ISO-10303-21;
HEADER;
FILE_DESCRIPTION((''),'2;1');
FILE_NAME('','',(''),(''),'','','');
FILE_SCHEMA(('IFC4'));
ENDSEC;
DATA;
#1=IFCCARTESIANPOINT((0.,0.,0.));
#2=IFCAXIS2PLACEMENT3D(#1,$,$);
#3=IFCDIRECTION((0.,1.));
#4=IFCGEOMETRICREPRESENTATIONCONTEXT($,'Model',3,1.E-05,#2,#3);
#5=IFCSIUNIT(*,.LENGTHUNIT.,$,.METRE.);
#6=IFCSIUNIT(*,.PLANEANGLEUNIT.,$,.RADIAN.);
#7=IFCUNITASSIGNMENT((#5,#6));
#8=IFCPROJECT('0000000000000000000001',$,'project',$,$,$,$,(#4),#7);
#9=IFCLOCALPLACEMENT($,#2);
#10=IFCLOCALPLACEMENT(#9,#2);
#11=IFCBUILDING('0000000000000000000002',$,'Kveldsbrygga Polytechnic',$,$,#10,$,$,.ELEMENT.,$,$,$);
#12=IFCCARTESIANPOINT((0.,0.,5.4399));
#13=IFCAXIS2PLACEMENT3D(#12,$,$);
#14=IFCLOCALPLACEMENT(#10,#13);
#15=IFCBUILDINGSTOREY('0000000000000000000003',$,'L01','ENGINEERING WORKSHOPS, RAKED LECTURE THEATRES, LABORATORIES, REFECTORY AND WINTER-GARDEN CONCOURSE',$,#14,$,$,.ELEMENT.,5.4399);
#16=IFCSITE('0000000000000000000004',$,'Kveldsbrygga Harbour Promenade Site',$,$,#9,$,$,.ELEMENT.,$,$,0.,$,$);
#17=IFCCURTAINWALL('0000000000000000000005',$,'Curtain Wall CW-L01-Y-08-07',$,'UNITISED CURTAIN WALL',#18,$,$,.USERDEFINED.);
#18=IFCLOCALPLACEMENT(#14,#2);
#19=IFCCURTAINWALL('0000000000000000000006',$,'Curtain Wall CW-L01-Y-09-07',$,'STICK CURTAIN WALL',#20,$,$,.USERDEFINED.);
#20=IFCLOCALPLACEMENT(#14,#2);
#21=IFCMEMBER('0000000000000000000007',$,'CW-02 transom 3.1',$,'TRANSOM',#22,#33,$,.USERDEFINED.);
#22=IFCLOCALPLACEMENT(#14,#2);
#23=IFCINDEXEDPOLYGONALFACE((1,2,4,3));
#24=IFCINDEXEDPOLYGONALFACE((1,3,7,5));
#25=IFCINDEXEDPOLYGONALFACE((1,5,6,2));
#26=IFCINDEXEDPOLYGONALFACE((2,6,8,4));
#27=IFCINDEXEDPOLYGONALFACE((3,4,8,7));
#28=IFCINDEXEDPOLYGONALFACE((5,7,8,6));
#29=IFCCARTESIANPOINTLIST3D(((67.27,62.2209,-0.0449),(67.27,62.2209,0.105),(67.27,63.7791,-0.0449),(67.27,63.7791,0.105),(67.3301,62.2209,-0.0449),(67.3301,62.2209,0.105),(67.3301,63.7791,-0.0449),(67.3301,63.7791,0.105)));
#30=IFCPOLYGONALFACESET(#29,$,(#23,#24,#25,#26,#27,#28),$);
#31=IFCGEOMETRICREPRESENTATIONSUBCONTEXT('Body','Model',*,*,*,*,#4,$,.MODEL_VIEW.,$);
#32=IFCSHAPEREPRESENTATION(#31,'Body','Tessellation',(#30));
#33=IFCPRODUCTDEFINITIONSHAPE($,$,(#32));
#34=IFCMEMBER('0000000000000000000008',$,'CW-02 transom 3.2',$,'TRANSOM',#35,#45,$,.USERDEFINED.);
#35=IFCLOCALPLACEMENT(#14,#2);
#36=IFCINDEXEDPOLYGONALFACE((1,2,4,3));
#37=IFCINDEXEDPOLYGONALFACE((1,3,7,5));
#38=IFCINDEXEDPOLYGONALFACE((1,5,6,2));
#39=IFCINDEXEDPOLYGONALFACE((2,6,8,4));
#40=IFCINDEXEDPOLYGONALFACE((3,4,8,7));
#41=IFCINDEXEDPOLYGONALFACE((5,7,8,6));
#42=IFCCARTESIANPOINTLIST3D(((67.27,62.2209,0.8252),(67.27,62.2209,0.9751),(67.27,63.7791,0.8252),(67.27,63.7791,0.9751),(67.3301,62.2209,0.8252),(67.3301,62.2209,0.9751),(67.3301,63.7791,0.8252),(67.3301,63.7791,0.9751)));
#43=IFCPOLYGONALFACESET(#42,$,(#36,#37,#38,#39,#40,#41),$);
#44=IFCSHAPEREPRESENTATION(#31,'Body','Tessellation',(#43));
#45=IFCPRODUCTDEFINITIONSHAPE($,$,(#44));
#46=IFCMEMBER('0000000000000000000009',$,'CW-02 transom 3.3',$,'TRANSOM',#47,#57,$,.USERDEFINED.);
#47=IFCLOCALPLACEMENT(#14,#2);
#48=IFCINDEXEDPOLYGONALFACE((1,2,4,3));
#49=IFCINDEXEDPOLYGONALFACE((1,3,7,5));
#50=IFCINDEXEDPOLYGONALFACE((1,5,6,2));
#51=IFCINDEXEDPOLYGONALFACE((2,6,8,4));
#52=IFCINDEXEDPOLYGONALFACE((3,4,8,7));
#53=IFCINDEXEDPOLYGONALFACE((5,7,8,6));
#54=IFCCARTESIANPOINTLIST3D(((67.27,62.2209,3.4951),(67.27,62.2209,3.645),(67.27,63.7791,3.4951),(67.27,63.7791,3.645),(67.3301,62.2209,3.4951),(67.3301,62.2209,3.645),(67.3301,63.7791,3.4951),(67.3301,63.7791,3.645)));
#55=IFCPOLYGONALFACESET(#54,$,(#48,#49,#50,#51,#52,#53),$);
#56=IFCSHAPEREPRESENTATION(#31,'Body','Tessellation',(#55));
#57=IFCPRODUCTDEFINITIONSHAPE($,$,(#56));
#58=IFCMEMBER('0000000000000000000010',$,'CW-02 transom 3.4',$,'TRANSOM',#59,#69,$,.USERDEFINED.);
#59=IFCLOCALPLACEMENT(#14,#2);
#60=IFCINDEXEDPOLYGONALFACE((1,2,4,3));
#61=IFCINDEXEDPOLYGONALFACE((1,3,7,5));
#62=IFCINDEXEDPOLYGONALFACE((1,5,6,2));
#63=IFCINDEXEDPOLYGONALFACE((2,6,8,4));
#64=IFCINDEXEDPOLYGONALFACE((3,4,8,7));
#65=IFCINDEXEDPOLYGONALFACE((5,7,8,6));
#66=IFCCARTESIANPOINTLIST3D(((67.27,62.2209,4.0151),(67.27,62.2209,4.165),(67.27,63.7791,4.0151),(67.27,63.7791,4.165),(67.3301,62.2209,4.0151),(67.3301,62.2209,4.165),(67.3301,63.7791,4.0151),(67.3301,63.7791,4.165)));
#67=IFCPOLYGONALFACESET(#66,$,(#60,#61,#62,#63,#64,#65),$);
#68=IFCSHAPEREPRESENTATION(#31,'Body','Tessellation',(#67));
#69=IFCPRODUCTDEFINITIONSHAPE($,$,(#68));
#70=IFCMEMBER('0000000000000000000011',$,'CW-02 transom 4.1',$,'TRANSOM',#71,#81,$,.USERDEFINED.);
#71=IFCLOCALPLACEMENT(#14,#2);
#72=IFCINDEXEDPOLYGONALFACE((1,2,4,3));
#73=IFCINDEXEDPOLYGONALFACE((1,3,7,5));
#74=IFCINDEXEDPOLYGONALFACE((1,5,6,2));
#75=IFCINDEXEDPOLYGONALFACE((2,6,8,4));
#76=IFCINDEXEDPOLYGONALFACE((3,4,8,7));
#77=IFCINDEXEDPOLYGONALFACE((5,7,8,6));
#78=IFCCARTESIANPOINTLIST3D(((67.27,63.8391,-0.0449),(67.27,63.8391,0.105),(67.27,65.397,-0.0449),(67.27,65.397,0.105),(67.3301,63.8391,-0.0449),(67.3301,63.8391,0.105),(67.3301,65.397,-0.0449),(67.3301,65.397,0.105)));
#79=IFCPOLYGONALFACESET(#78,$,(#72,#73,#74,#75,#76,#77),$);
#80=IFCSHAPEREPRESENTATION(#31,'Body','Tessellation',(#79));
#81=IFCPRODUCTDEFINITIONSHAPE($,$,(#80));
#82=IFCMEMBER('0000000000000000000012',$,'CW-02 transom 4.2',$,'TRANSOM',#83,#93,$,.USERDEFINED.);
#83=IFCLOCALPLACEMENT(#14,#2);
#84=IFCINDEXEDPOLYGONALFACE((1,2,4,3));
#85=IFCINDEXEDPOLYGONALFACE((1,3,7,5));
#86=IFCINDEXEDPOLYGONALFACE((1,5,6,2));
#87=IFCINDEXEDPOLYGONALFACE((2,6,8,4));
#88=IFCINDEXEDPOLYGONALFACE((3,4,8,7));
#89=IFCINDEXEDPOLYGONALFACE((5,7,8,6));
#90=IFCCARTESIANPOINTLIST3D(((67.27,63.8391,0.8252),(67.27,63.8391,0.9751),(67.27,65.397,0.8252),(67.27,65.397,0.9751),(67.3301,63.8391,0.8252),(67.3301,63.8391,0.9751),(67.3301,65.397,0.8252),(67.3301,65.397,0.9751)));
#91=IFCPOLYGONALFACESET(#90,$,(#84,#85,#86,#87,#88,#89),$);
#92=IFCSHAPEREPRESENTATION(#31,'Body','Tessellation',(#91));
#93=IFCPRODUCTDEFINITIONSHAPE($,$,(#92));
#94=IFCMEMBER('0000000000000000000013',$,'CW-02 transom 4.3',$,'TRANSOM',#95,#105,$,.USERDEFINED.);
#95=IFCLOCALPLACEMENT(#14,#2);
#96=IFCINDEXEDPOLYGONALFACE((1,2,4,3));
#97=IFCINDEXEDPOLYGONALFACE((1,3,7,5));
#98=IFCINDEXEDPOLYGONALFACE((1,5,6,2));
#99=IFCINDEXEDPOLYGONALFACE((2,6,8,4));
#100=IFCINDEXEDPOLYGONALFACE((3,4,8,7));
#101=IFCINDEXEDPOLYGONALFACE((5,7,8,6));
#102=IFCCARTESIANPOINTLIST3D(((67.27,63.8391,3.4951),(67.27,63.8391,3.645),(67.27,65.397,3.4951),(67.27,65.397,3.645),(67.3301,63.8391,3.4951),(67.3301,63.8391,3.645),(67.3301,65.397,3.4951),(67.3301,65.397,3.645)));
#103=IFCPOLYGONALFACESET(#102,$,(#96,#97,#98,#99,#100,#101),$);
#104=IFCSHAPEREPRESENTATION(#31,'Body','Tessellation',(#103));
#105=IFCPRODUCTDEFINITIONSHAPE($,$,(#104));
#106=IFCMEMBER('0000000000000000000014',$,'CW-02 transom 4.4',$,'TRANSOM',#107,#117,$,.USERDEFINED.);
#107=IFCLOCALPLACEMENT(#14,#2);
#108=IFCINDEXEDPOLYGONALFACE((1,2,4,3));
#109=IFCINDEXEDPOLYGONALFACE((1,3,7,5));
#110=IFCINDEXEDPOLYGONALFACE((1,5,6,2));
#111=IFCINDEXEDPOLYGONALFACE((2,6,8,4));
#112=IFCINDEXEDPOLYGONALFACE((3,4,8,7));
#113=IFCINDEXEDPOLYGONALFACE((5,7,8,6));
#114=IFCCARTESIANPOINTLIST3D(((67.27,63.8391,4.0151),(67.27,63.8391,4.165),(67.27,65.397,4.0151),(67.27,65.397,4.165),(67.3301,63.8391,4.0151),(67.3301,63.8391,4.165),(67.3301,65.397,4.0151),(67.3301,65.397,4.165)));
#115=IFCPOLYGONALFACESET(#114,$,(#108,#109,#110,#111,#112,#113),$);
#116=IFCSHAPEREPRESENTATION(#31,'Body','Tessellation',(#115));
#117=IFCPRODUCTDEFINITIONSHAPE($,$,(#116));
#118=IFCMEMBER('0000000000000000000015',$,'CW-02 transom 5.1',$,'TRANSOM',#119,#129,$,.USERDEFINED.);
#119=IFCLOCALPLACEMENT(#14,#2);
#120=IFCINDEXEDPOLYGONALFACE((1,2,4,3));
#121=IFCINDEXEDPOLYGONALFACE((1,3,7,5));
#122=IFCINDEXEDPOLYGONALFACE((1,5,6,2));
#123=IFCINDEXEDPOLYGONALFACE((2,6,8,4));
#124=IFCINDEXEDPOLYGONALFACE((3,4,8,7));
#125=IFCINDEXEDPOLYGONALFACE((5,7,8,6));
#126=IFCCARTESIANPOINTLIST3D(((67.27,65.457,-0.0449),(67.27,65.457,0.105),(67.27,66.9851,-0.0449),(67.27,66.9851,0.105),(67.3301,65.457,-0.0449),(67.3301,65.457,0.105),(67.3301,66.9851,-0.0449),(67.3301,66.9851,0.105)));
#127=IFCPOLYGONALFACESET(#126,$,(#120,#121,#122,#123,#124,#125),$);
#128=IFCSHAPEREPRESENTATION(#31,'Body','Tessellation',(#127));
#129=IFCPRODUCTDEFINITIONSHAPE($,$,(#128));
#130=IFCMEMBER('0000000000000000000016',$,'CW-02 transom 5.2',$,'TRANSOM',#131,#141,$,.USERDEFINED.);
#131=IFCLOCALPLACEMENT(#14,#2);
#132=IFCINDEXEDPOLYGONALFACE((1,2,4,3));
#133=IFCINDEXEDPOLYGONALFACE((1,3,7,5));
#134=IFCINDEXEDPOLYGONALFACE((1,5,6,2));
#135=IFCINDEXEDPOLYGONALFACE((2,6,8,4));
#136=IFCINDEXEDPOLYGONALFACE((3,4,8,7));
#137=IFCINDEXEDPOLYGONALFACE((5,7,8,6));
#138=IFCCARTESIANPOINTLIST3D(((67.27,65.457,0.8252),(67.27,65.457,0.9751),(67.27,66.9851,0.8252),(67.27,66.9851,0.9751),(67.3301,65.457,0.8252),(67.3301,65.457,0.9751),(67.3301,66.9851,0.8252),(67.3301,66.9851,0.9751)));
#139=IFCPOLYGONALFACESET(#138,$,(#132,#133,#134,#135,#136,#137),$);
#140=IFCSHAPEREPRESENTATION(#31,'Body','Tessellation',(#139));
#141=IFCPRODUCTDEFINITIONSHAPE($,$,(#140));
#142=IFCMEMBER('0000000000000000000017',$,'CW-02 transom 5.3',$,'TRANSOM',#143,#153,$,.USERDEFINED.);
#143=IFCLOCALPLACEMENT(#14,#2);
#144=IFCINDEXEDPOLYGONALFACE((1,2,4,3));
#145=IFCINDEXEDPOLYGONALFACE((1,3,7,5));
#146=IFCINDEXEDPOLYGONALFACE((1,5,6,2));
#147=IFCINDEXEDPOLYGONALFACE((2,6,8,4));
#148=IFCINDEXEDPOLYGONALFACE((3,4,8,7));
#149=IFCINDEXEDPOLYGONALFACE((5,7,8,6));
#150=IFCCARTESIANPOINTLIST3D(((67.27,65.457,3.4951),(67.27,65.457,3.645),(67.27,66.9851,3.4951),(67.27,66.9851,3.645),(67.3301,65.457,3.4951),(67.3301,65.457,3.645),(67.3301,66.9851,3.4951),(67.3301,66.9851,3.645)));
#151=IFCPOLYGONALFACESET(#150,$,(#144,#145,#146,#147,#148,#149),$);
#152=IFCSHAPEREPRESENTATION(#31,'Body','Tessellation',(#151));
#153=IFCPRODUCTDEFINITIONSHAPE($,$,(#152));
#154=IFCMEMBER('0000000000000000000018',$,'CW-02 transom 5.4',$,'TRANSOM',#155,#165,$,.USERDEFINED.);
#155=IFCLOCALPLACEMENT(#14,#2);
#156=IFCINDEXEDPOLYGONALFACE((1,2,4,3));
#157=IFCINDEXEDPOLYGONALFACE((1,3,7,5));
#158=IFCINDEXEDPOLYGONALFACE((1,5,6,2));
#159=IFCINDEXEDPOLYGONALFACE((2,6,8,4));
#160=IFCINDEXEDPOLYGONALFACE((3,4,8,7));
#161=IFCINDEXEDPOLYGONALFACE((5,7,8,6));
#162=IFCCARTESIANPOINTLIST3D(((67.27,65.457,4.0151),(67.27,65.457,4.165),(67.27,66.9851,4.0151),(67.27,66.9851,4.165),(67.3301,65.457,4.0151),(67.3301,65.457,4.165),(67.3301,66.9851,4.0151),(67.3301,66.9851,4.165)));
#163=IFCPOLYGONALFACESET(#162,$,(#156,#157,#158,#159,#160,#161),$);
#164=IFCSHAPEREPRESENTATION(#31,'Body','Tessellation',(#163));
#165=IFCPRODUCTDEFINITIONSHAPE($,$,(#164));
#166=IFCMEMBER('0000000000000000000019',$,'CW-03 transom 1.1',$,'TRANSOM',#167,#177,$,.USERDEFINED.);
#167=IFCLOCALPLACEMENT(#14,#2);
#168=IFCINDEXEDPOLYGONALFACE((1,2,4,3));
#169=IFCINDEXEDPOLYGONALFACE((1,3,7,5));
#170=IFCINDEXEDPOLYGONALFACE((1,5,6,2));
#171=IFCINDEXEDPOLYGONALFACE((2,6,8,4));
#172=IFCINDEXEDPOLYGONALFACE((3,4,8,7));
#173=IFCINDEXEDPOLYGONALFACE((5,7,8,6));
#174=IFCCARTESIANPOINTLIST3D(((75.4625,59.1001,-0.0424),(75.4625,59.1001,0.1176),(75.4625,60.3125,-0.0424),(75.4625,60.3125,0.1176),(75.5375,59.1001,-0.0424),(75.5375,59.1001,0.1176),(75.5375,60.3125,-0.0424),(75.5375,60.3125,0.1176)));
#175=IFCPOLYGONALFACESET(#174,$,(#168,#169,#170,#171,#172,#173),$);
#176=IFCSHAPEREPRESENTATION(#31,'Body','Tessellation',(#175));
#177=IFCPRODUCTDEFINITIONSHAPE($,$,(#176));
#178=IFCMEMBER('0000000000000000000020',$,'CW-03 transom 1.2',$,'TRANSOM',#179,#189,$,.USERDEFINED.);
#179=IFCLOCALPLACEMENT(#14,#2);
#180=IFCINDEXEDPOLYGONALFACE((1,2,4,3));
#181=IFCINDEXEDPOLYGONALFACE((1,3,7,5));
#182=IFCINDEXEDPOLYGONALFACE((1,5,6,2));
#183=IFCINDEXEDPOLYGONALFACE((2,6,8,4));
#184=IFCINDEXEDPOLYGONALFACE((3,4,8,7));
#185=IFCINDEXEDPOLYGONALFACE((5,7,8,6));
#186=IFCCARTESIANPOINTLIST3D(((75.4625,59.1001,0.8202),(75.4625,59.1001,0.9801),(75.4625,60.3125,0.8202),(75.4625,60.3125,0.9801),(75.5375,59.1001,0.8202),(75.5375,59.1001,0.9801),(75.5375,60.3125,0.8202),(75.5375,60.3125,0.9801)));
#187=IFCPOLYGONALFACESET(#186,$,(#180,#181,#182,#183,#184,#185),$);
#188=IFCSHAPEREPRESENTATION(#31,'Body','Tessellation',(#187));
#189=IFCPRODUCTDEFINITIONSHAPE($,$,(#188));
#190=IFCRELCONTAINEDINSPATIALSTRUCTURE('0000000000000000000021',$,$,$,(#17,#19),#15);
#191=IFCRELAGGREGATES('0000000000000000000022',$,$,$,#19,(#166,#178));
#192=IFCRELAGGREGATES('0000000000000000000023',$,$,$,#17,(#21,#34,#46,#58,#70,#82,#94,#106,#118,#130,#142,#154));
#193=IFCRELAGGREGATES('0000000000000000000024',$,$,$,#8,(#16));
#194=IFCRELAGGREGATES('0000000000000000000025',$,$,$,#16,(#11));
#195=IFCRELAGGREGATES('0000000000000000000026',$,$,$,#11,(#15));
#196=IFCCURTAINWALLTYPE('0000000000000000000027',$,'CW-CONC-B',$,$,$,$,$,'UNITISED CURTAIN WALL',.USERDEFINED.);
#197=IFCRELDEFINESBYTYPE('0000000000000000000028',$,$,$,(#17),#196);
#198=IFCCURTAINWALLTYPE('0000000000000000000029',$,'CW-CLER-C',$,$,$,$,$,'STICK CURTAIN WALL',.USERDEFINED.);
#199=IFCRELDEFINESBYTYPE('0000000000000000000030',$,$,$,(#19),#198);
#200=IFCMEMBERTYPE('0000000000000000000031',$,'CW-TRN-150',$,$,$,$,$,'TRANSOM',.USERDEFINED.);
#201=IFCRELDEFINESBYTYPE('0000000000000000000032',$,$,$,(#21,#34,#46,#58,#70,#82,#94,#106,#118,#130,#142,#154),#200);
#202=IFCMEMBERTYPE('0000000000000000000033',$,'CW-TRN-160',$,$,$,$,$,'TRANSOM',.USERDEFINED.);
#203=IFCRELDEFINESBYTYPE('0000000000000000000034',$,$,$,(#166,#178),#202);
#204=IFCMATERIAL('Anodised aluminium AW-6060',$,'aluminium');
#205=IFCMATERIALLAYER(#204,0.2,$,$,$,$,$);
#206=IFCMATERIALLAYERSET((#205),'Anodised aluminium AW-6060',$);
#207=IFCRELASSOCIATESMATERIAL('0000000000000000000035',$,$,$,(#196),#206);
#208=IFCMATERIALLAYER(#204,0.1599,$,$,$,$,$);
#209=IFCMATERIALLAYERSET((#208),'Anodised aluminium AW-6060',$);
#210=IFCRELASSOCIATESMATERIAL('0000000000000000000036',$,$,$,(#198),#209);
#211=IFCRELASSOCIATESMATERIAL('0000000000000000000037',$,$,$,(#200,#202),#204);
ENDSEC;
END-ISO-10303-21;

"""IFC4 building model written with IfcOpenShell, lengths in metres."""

from ifc_helpers import new_model, si_unit, direction, frame, origin, origin_2d, place, context, subcontext, project, spatial, rectangle, extrude, material, layer, layer_set, material_profile, profile_set, type_object, element, aggregate, save


model = new_model("IFC4")

# Units and contexts
model_context = context("Model", 3, precision=1e-05, world=origin(), true_north=direction((0.0, 1.0)))
body_context = subcontext(model_context, "Body", "Model", "MODEL_VIEW")
ifc_project = project(units=[si_unit("LENGTHUNIT", "METRE"), si_unit("PLANEANGLEUNIT", "RADIAN")], contexts=[model_context])

# Site, building, storey
site_placement = place(None, origin())
site = spatial("IfcSite", under=ifc_project, at=site_placement, Name="Kveldsbrygga Harbour Promenade Site", CompositionType="ELEMENT", RefElevation=0.0)
building_placement = place(site_placement, origin())
building = spatial("IfcBuilding", under=site, at=building_placement, Name="Kveldsbrygga Polytechnic", CompositionType="ELEMENT")
storey_placement = place(building_placement, frame((0.0, 0.0, 5.4399)))
storey = spatial("IfcBuildingStorey", under=building, at=storey_placement, Name="L01", Description="ENGINEERING WORKSHOPS, RAKED LECTURE THEATRES, LABORATORIES, REFECTORY AND WINTER-GARDEN CONCOURSE", CompositionType="ELEMENT", Elevation=5.4399)

# Curtain wall
ifc_material_1 = material(Name="Anodised aluminium AW-6060", Category="aluminium")
ifc_layer_1 = layer(ifc_material_1, 0.2)
ifc_layer_set_1 = layer_set([ifc_layer_1], Name="Anodised aluminium AW-6060")
curtain_wall_type_1 = type_object("IfcCurtainWallType", Name="CW-CONC-B", ElementType="UNITISED CURTAIN WALL", PredefinedType="USERDEFINED", material=ifc_layer_set_1)
curtain_wall_1_placement = place(storey_placement, origin())
curtain_wall_1 = element("IfcCurtainWall", 1, at=curtain_wall_1_placement, inside=storey, type_object=curtain_wall_type_1, Name="Curtain Wall CW-L01-Y-08-07", ObjectType="UNITISED CURTAIN WALL", PredefinedType="USERDEFINED")

# Curtain wall
ifc_layer_2 = layer(ifc_material_1, 0.1599)
ifc_layer_set_2 = layer_set([ifc_layer_2], Name="Anodised aluminium AW-6060")
curtain_wall_type_2 = type_object("IfcCurtainWallType", Name="CW-CLER-C", ElementType="STICK CURTAIN WALL", PredefinedType="USERDEFINED", material=ifc_layer_set_2)
curtain_wall_2_placement = place(storey_placement, origin())
curtain_wall_2 = element("IfcCurtainWall", 2, at=curtain_wall_2_placement, inside=storey, type_object=curtain_wall_type_2, Name="Curtain Wall CW-L01-Y-09-07", ObjectType="STICK CURTAIN WALL", PredefinedType="USERDEFINED")

# Members
ifc_material_profile_1 = material_profile(ifc_material_1, rectangle(XDim=0.0601, YDim=0.1499, at=origin_2d()), Name="ALU 60x150")
ifc_profile_set_1 = profile_set([ifc_material_profile_1], Name="Anodised aluminium AW-6060")
member_type_1 = type_object("IfcMemberType", Name="CW-TRN-150", ElementType="TRANSOM", PredefinedType="USERDEFINED", material=ifc_profile_set_1)
member_1_placement = place(storey_placement, frame((67.3, 62.2209, 0.03), z_axis=(0.0, 1.0, 0.0), x_axis=(-1.0, 0.0, 0.0)))
member_1 = element("IfcMember", 3, at=member_1_placement, type_object=member_type_1, Name="CW-02 transom 3.1", ObjectType="TRANSOM", PredefinedType="USERDEFINED", context=body_context, shape_type="SweptSolid", body=[
    extrude(rectangle(XDim=0.0601, YDim=0.1499, at=origin_2d()), origin(), (0.0, 0.0, 1.0), 1.5581),
])
member_2_placement = place(storey_placement, frame((67.3, 62.2209, 0.9001), z_axis=(0.0, 1.0, 0.0), x_axis=(-1.0, 0.0, 0.0)))
member_2 = element("IfcMember", 4, at=member_2_placement, type_object=member_type_1, Name="CW-02 transom 3.2", ObjectType="TRANSOM", PredefinedType="USERDEFINED", context=body_context, shape_type="SweptSolid", body=[
    extrude(rectangle(XDim=0.0601, YDim=0.1499, at=origin_2d()), origin(), (0.0, 0.0, 1.0), 1.5581),
])
member_3_placement = place(storey_placement, frame((67.3, 62.2209, 3.5701), z_axis=(0.0, 1.0, 0.0), x_axis=(-1.0, 0.0, 0.0)))
member_3 = element("IfcMember", 5, at=member_3_placement, type_object=member_type_1, Name="CW-02 transom 3.3", ObjectType="TRANSOM", PredefinedType="USERDEFINED", context=body_context, shape_type="SweptSolid", body=[
    extrude(rectangle(XDim=0.0601, YDim=0.1499, at=origin_2d()), origin(), (0.0, 0.0, 1.0), 1.5581),
])
member_4_placement = place(storey_placement, frame((67.3, 62.2209, 4.0901), z_axis=(0.0, 1.0, 0.0), x_axis=(-1.0, 0.0, 0.0)))
member_4 = element("IfcMember", 6, at=member_4_placement, type_object=member_type_1, Name="CW-02 transom 3.4", ObjectType="TRANSOM", PredefinedType="USERDEFINED", context=body_context, shape_type="SweptSolid", body=[
    extrude(rectangle(XDim=0.0601, YDim=0.1499, at=origin_2d()), origin(), (0.0, 0.0, 1.0), 1.5581),
])
member_5_placement = place(storey_placement, frame((67.3, 63.8391, 0.03), z_axis=(0.0, 1.0, 0.0), x_axis=(-1.0, 0.0, 0.0)))
member_5 = element("IfcMember", 7, at=member_5_placement, type_object=member_type_1, Name="CW-02 transom 4.1", ObjectType="TRANSOM", PredefinedType="USERDEFINED", context=body_context, shape_type="SweptSolid", body=[
    extrude(rectangle(XDim=0.0601, YDim=0.1499, at=origin_2d()), origin(), (0.0, 0.0, 1.0), 1.5579),
])
member_6_placement = place(storey_placement, frame((67.3, 63.8391, 0.9001), z_axis=(0.0, 1.0, 0.0), x_axis=(-1.0, 0.0, 0.0)))
member_6 = element("IfcMember", 8, at=member_6_placement, type_object=member_type_1, Name="CW-02 transom 4.2", ObjectType="TRANSOM", PredefinedType="USERDEFINED", context=body_context, shape_type="SweptSolid", body=[
    extrude(rectangle(XDim=0.0601, YDim=0.1499, at=origin_2d()), origin(), (0.0, 0.0, 1.0), 1.5579),
])
member_7_placement = place(storey_placement, frame((67.3, 63.8391, 3.5701), z_axis=(0.0, 1.0, 0.0), x_axis=(-1.0, 0.0, 0.0)))
member_7 = element("IfcMember", 9, at=member_7_placement, type_object=member_type_1, Name="CW-02 transom 4.3", ObjectType="TRANSOM", PredefinedType="USERDEFINED", context=body_context, shape_type="SweptSolid", body=[
    extrude(rectangle(XDim=0.0601, YDim=0.1499, at=origin_2d()), origin(), (0.0, 0.0, 1.0), 1.5579),
])
member_8_placement = place(storey_placement, frame((67.3, 63.8391, 4.0901), z_axis=(0.0, 1.0, 0.0), x_axis=(-1.0, 0.0, 0.0)))
member_8 = element("IfcMember", 10, at=member_8_placement, type_object=member_type_1, Name="CW-02 transom 4.4", ObjectType="TRANSOM", PredefinedType="USERDEFINED", context=body_context, shape_type="SweptSolid", body=[
    extrude(rectangle(XDim=0.0601, YDim=0.1499, at=origin_2d()), origin(), (0.0, 0.0, 1.0), 1.5579),
])
member_9_placement = place(storey_placement, frame((67.3, 65.457, 0.03), z_axis=(0.0, 1.0, 0.0), x_axis=(-1.0, 0.0, 0.0)))
member_9 = element("IfcMember", 11, at=member_9_placement, type_object=member_type_1, Name="CW-02 transom 5.1", ObjectType="TRANSOM", PredefinedType="USERDEFINED", context=body_context, shape_type="SweptSolid", body=[
    extrude(rectangle(XDim=0.0601, YDim=0.1499, at=origin_2d()), origin(), (0.0, 0.0, 1.0), 1.5281),
])
member_10_placement = place(storey_placement, frame((67.3, 65.457, 0.9001), z_axis=(0.0, 1.0, 0.0), x_axis=(-1.0, 0.0, 0.0)))
member_10 = element("IfcMember", 12, at=member_10_placement, type_object=member_type_1, Name="CW-02 transom 5.2", ObjectType="TRANSOM", PredefinedType="USERDEFINED", context=body_context, shape_type="SweptSolid", body=[
    extrude(rectangle(XDim=0.0601, YDim=0.1499, at=origin_2d()), origin(), (0.0, 0.0, 1.0), 1.5281),
])
member_11_placement = place(storey_placement, frame((67.3, 65.457, 3.5701), z_axis=(0.0, 1.0, 0.0), x_axis=(-1.0, 0.0, 0.0)))
member_11 = element("IfcMember", 13, at=member_11_placement, type_object=member_type_1, Name="CW-02 transom 5.3", ObjectType="TRANSOM", PredefinedType="USERDEFINED", context=body_context, shape_type="SweptSolid", body=[
    extrude(rectangle(XDim=0.0601, YDim=0.1499, at=origin_2d()), origin(), (0.0, 0.0, 1.0), 1.5281),
])
member_12_placement = place(storey_placement, frame((67.3, 65.457, 4.0901), z_axis=(0.0, 1.0, 0.0), x_axis=(-1.0, 0.0, 0.0)))
member_12 = element("IfcMember", 14, at=member_12_placement, type_object=member_type_1, Name="CW-02 transom 5.4", ObjectType="TRANSOM", PredefinedType="USERDEFINED", context=body_context, shape_type="SweptSolid", body=[
    extrude(rectangle(XDim=0.0601, YDim=0.1499, at=origin_2d()), origin(), (0.0, 0.0, 1.0), 1.5281),
])
ifc_material_profile_2 = material_profile(ifc_material_1, rectangle(XDim=0.075, YDim=0.1599, at=origin_2d()), Name="ALU 75x160")
ifc_profile_set_2 = profile_set([ifc_material_profile_2], Name="Anodised aluminium AW-6060")
member_type_2 = type_object("IfcMemberType", Name="CW-TRN-160", ElementType="TRANSOM", PredefinedType="USERDEFINED", material=ifc_profile_set_2)
member_13_placement = place(storey_placement, frame((75.5, 59.1001, 0.0376), z_axis=(0.0, 1.0, 0.0), x_axis=(-1.0, 0.0, 0.0)))
member_13 = element("IfcMember", 15, at=member_13_placement, type_object=member_type_2, Name="CW-03 transom 1.1", ObjectType="TRANSOM", PredefinedType="USERDEFINED", context=body_context, shape_type="SweptSolid", body=[
    extrude(rectangle(XDim=0.075, YDim=0.1599, at=origin_2d()), origin(), (0.0, 0.0, 1.0), 1.2124),
])
member_14_placement = place(storey_placement, frame((75.5, 59.1001, 0.9001), z_axis=(0.0, 1.0, 0.0), x_axis=(-1.0, 0.0, 0.0)))
member_14 = element("IfcMember", 16, at=member_14_placement, type_object=member_type_2, Name="CW-03 transom 1.2", ObjectType="TRANSOM", PredefinedType="USERDEFINED", context=body_context, shape_type="SweptSolid", body=[
    extrude(rectangle(XDim=0.075, YDim=0.1599, at=origin_2d()), origin(), (0.0, 0.0, 1.0), 1.2124),
])
aggregate(curtain_wall_2, [member_13, member_14])

aggregate(curtain_wall_1, [member_1, member_2, member_3, member_4, member_5, member_6, member_7, member_8, member_9, member_10, member_11, member_12])

save(model, "model.ifc")
